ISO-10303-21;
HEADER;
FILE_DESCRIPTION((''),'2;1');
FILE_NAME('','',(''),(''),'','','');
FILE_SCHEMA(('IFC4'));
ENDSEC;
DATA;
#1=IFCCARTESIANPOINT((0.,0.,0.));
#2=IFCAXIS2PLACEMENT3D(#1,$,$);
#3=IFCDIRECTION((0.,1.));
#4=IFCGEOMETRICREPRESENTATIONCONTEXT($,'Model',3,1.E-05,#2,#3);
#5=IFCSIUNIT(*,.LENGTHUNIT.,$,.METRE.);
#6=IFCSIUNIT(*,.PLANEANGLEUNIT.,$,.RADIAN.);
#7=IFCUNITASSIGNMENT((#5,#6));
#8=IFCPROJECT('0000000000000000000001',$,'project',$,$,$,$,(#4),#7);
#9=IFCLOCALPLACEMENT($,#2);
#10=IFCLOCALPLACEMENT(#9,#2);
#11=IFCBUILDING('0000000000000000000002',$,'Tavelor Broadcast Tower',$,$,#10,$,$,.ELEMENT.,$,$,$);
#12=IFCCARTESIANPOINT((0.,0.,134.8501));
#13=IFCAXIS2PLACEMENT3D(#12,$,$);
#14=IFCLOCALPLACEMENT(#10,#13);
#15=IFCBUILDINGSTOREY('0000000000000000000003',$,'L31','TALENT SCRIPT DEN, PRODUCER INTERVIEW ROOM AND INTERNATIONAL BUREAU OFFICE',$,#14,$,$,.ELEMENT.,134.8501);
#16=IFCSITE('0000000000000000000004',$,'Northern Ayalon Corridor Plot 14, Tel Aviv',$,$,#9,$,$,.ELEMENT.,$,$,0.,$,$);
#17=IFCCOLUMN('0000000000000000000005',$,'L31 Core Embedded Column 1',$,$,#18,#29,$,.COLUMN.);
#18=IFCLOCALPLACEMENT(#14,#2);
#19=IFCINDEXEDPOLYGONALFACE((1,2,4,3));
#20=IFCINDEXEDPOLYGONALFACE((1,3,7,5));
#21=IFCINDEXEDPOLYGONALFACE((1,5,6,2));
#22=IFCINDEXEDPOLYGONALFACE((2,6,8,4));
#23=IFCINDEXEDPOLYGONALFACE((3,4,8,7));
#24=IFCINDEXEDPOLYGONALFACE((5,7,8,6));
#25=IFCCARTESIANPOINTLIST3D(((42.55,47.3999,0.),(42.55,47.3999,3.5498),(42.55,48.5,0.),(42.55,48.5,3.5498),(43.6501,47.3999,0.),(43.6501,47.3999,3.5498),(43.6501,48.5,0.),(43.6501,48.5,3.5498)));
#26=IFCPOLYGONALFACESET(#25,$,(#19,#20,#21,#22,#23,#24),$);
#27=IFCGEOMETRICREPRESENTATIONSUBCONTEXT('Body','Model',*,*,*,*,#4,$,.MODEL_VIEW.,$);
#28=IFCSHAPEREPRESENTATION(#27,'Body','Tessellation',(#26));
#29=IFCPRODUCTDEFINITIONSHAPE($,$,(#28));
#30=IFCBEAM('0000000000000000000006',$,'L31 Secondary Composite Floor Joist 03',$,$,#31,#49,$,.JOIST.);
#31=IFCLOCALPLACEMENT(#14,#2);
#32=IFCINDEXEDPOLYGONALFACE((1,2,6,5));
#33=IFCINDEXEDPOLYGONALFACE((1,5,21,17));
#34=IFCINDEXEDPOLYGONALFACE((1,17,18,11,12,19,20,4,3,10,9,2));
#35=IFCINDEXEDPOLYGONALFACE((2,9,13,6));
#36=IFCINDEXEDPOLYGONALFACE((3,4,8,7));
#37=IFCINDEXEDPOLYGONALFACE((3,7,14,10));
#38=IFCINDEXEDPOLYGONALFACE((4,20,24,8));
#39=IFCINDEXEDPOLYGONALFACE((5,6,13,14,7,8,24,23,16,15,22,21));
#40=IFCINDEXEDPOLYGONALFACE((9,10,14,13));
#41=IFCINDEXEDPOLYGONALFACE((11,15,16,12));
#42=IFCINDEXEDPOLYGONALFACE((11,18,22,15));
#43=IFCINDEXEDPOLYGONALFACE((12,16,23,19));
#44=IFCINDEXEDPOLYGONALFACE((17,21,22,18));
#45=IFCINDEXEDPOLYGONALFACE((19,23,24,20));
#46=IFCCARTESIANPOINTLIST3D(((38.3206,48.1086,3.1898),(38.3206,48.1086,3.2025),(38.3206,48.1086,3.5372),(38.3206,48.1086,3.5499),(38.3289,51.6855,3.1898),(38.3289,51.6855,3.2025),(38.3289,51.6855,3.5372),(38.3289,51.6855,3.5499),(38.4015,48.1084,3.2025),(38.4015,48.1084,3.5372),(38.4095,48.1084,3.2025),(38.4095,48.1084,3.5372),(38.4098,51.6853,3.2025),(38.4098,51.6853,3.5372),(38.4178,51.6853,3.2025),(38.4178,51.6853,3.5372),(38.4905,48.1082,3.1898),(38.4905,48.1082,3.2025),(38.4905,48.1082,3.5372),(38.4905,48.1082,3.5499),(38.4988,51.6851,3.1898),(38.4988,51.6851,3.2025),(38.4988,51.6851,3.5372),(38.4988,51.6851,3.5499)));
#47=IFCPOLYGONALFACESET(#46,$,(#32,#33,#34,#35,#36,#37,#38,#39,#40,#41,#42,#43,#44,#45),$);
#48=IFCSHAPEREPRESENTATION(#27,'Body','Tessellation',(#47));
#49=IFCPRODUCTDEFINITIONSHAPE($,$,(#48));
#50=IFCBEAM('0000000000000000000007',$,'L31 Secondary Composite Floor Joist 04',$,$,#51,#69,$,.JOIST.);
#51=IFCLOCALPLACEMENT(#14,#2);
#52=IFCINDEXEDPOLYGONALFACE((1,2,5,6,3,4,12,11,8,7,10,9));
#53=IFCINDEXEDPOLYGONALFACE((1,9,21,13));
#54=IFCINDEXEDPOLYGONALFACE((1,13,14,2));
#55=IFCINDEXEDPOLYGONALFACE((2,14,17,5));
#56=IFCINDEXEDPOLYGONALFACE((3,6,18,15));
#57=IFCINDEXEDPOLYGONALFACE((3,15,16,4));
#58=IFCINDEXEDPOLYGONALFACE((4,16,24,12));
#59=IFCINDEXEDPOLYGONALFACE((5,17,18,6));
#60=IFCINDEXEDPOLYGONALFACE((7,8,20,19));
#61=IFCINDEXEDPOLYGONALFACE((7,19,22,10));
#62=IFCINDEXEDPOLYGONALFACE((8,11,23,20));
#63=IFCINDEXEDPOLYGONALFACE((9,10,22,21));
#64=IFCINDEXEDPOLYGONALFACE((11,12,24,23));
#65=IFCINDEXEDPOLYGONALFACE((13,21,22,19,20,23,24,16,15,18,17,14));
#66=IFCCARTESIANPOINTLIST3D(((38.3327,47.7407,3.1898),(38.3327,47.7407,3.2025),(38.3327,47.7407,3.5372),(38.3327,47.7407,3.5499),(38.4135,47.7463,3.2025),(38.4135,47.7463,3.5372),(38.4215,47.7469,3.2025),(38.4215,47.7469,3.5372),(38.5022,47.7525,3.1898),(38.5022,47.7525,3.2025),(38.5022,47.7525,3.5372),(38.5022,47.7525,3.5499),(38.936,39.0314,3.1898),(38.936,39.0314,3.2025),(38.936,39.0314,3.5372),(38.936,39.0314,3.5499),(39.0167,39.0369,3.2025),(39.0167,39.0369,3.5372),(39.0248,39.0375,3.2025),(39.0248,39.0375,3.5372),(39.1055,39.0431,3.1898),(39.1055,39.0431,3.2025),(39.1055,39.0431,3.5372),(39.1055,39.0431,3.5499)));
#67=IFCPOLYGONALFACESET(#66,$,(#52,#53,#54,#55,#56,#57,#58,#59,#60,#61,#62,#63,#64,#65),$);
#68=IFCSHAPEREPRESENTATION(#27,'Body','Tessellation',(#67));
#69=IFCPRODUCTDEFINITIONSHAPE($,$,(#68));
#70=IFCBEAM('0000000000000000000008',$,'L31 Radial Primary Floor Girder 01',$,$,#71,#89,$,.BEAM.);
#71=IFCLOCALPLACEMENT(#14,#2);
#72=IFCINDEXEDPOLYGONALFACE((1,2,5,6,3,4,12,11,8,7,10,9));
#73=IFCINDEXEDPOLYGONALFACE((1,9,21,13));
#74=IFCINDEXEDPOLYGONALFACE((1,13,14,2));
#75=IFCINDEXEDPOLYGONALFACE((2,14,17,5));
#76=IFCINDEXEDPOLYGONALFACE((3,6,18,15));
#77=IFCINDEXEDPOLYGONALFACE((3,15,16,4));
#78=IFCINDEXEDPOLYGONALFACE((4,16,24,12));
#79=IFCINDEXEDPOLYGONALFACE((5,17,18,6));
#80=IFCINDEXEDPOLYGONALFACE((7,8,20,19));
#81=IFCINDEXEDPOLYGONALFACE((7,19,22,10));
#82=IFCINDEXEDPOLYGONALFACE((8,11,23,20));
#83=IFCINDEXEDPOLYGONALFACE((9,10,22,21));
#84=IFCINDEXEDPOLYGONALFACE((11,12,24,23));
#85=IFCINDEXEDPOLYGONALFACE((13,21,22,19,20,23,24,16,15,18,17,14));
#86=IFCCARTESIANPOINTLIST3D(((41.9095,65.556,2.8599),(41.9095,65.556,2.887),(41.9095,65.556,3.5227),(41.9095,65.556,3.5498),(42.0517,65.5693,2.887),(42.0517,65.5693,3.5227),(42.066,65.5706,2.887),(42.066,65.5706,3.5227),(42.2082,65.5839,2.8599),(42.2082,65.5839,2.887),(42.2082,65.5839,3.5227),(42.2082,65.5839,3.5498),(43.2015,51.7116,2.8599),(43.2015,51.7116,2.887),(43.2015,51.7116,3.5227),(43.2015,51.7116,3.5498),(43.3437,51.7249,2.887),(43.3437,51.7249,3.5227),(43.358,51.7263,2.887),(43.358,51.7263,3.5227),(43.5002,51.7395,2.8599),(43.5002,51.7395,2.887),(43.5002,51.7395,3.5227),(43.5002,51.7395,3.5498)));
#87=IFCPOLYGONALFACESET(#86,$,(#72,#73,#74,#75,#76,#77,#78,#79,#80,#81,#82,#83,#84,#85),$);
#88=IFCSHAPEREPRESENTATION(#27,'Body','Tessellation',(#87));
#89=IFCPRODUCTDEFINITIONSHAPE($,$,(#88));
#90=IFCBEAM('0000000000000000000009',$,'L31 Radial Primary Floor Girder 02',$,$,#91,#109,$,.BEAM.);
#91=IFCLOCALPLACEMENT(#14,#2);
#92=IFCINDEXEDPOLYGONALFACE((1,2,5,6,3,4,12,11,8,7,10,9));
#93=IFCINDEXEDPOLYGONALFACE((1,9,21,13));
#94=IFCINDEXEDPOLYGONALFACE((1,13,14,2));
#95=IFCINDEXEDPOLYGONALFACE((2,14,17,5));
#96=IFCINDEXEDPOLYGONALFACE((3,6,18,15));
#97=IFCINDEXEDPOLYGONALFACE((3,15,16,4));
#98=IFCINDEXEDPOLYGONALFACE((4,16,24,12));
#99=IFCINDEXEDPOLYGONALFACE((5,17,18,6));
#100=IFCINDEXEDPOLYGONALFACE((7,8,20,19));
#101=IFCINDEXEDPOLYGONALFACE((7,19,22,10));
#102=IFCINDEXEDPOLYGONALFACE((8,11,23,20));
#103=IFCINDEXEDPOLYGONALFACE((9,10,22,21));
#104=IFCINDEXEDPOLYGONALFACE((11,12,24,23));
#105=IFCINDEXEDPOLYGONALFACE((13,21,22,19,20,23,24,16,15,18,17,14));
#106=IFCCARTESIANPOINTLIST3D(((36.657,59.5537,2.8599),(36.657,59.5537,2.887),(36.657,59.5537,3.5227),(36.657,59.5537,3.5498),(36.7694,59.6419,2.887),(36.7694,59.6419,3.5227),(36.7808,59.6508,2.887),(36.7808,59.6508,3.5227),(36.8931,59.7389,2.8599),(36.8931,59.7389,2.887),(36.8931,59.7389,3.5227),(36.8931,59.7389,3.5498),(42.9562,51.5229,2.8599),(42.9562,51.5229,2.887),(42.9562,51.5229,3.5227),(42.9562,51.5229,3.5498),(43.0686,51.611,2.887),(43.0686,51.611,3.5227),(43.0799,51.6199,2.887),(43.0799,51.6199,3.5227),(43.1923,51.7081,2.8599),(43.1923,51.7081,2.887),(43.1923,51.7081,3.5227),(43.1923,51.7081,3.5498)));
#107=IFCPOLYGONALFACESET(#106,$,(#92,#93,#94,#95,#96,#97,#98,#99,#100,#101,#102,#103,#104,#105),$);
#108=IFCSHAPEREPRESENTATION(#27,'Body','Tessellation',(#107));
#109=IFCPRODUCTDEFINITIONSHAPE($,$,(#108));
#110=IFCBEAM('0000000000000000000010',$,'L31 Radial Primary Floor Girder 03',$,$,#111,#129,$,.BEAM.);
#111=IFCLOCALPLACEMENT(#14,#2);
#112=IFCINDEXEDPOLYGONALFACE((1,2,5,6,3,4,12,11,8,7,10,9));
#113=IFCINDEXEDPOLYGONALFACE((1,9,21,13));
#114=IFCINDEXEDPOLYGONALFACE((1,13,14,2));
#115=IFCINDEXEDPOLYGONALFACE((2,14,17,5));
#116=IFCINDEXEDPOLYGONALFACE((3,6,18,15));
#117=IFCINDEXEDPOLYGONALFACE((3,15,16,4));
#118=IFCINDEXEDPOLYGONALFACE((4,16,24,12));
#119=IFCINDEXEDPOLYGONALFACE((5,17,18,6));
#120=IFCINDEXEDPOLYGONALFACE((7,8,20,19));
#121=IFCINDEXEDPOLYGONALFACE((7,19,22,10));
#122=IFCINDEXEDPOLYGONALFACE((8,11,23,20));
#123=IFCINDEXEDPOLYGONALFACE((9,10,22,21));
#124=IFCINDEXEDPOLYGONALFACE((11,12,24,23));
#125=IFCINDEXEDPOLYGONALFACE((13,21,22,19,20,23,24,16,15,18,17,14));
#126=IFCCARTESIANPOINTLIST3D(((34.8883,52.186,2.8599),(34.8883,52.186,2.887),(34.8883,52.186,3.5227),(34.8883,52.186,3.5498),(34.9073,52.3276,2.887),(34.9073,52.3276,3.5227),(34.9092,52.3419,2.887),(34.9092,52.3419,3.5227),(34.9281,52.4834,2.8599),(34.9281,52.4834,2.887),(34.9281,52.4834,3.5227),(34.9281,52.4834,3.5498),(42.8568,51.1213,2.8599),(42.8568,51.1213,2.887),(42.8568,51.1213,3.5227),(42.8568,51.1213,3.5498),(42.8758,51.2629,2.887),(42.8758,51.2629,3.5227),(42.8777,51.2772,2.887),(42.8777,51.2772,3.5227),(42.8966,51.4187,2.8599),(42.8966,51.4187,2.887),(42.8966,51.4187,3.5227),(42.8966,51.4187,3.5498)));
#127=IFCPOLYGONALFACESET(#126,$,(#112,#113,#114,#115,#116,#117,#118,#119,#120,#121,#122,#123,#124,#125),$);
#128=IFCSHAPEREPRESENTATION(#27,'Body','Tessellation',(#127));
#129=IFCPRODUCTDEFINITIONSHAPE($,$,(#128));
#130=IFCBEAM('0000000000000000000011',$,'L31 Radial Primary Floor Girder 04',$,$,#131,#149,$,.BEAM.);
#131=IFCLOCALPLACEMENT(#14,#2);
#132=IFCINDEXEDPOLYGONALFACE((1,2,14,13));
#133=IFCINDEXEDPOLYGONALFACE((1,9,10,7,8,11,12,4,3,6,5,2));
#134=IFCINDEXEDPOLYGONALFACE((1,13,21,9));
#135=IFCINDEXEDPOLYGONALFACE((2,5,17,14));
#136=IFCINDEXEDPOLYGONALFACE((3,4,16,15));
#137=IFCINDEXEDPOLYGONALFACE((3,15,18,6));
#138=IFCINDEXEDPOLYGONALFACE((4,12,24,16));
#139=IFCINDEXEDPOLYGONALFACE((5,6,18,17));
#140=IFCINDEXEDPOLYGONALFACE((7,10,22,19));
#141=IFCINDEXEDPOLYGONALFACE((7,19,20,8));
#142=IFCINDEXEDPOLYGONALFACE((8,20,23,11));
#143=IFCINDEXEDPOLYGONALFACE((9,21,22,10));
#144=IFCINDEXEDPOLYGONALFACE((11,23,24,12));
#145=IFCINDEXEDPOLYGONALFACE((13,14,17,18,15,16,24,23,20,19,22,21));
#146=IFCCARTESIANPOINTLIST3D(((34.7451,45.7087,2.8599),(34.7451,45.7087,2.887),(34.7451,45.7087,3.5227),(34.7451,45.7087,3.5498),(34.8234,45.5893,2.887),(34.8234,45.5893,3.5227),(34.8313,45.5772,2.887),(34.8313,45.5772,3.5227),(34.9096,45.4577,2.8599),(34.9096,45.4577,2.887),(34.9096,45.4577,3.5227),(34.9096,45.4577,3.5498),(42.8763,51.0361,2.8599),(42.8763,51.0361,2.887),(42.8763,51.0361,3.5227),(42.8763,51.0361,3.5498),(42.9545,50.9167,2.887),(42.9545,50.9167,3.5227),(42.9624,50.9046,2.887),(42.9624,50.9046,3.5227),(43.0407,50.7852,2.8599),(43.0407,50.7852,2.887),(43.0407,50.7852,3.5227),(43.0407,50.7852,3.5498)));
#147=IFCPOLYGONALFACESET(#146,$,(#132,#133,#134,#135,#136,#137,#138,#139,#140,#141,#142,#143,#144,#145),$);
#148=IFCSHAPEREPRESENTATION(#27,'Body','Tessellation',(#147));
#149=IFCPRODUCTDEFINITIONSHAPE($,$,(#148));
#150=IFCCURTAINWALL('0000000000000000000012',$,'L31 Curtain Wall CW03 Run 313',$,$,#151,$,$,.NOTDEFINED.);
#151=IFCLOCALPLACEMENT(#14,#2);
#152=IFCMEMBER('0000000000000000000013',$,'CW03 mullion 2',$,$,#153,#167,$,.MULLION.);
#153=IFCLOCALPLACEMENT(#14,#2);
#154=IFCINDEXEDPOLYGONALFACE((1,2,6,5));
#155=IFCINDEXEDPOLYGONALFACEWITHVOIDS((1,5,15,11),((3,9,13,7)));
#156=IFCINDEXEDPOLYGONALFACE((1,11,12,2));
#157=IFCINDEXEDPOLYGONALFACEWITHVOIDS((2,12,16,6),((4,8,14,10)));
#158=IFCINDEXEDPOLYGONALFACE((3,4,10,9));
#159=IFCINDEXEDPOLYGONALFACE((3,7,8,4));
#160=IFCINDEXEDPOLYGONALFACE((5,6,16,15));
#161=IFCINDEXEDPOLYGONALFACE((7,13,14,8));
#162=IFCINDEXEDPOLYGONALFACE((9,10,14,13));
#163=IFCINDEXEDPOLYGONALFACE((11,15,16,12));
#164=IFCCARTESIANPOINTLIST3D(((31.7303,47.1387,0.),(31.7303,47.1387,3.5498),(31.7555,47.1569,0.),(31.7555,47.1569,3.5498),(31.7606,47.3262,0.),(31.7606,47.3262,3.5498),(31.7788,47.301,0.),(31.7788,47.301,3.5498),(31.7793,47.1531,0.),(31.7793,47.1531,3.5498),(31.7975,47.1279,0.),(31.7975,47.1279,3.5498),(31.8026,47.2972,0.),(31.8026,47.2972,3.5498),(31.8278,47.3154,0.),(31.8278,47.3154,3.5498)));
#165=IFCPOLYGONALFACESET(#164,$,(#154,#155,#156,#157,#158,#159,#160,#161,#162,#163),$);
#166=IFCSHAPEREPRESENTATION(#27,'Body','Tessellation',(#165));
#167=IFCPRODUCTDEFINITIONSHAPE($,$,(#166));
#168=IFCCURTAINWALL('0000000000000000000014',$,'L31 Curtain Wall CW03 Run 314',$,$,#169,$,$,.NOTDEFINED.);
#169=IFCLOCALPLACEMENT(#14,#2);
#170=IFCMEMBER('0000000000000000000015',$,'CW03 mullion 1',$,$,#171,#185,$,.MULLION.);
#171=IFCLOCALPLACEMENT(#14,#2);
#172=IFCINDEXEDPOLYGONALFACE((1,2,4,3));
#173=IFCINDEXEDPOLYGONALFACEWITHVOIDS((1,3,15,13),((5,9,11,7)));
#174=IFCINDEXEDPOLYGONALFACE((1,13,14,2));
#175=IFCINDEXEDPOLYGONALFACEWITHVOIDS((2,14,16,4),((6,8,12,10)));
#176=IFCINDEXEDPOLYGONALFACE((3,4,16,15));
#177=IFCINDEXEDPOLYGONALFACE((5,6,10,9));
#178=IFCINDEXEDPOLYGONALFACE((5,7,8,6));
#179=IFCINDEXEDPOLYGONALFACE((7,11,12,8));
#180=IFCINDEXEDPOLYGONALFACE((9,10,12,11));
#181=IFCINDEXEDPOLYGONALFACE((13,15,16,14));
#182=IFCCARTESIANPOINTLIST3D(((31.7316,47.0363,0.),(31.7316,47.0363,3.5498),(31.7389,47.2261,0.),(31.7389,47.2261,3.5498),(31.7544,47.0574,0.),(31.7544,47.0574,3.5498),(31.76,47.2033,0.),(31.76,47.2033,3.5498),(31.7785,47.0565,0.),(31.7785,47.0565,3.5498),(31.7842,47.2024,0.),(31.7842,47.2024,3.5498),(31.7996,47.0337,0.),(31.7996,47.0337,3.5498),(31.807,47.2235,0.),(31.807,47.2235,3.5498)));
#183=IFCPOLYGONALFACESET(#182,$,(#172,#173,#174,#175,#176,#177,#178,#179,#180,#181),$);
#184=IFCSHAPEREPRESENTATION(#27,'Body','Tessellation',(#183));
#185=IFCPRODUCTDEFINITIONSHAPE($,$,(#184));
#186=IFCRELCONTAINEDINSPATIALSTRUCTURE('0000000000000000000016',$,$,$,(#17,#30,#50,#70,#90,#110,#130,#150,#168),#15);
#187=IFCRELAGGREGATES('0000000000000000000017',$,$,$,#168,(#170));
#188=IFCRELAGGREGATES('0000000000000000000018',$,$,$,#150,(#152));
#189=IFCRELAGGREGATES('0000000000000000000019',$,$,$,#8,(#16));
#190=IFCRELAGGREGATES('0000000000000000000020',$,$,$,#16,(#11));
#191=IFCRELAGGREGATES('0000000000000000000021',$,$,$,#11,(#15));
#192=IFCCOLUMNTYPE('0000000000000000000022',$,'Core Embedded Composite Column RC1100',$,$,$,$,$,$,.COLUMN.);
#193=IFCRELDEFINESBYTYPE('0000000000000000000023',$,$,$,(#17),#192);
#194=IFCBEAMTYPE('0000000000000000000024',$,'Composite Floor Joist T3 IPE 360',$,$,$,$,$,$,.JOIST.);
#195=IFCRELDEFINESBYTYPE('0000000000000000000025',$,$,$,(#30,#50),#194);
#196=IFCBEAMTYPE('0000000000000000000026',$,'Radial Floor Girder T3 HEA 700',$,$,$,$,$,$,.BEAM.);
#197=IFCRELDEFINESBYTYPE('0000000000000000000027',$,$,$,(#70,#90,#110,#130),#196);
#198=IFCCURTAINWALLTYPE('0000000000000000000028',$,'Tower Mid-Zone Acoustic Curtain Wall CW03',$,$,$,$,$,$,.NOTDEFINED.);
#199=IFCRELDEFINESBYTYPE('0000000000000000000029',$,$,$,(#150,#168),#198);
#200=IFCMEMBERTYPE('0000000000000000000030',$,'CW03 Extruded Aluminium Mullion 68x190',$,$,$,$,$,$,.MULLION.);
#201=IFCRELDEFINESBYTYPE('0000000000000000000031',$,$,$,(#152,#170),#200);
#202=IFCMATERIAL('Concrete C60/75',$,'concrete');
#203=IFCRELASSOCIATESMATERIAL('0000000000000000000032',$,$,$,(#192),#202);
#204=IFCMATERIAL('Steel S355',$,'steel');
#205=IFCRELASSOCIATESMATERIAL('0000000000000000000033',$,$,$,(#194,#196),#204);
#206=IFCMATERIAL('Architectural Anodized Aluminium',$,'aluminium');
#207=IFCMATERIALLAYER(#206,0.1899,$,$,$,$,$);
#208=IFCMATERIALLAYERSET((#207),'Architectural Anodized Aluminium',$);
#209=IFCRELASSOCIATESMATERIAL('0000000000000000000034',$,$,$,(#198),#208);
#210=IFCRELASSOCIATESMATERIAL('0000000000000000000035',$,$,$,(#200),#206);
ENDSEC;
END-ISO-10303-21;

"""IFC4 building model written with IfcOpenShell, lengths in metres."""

from ifc_helpers import new_model, si_unit, direction, frame, origin, origin_2d, place, context, subcontext, project, spatial, rectangle, hollow_rectangle, i_section, extrude, source, transform, mapped, material, layer, layer_set, material_profile, profile_set, type_object, type_shapes, element, aggregate, save


model = new_model("IFC4")

# Units and contexts
model_context = context("Model", 3, precision=1e-05, world=origin(), true_north=direction((0.0, 1.0)))
body_context = subcontext(model_context, "Body", "Model", "MODEL_VIEW")
ifc_project = project(units=[si_unit("LENGTHUNIT", "METRE"), si_unit("PLANEANGLEUNIT", "RADIAN")], contexts=[model_context])

# Site, building, storey
site_placement = place(None, origin())
site = spatial("IfcSite", under=ifc_project, at=site_placement, Name="Northern Ayalon Corridor Plot 14, Tel Aviv", CompositionType="ELEMENT", RefElevation=0.0)
building_placement = place(site_placement, origin())
building = spatial("IfcBuilding", under=site, at=building_placement, Name="Tavelor Broadcast Tower", CompositionType="ELEMENT")
storey_placement = place(building_placement, frame((0.0, 0.0, 134.8501)))
storey = spatial("IfcBuildingStorey", under=building, at=storey_placement, Name="L31", Description="TALENT SCRIPT DEN, PRODUCER INTERVIEW ROOM AND INTERNATIONAL BUREAU OFFICE", CompositionType="ELEMENT", Elevation=134.8501)

# Column
ifc_material_1 = material(Name="Concrete C60/75", Category="concrete")
ifc_material_profile_1 = material_profile(ifc_material_1, rectangle(XDim=1.1001, YDim=1.1001, at=origin_2d()), Name="RC 1100x1100")
ifc_profile_set_1 = profile_set([ifc_material_profile_1], Name="Concrete C60/75")
column_type = type_object("IfcColumnType", Name="Core Embedded Composite Column RC1100", PredefinedType="COLUMN", material=ifc_profile_set_1)
column_placement = place(storey_placement, frame((43.1001, 47.95, 0.0), z_axis=(0.0, 0.0, 1.0), x_axis=(1.0, 0.0, 0.0)))
element("IfcColumn", 1, at=column_placement, inside=storey, type_object=column_type, Name="L31 Core Embedded Column 1", PredefinedType="COLUMN", context=body_context, shape_type="SweptSolid", body=[
    extrude(rectangle(XDim=1.1001, YDim=1.1001, at=origin_2d()), origin(), (0.0, 0.0, 1.0), 3.5498),
])

# Beams
ifc_material_2 = material(Name="Steel S355", Category="steel")
ifc_material_profile_2 = material_profile(ifc_material_2, i_section(OverallWidth=0.1699, OverallDepth=0.3601, WebThickness=0.0081, FlangeThickness=0.0127, at=origin_2d()), Name="IPE 360")
ifc_profile_set_2 = profile_set([ifc_material_profile_2], Name="Steel S355")
beam_type_1 = type_object("IfcBeamType", Name="Composite Floor Joist T3 IPE 360", PredefinedType="JOIST", material=ifc_profile_set_2)
beam_1_placement = place(storey_placement, frame((38.4138, 51.6853, 3.3699), z_axis=(-0.002321, -0.999997, 0.0), x_axis=(0.999997, -0.002321, 0.0)))
element("IfcBeam", 2, at=beam_1_placement, inside=storey, type_object=beam_type_1, Name="L31 Secondary Composite Floor Joist 03", PredefinedType="JOIST", context=body_context, shape_type="SweptSolid", body=[
    extrude(i_section(OverallWidth=0.1699, OverallDepth=0.3601, WebThickness=0.0081, FlangeThickness=0.0127, at=origin_2d()), origin(), (0.0, 0.0, 1.0), 3.5769),
])
beam_2_placement = place(storey_placement, frame((38.4175, 47.7466, 3.3699), z_axis=(0.069101, -0.99761, 0.0), x_axis=(0.99761, 0.069101, 0.0)))
element("IfcBeam", 3, at=beam_2_placement, inside=storey, type_object=beam_type_1, Name="L31 Secondary Composite Floor Joist 04", PredefinedType="JOIST", context=body_context, shape_type="SweptSolid", body=[
    extrude(i_section(OverallWidth=0.1699, OverallDepth=0.3601, WebThickness=0.0081, FlangeThickness=0.0127, at=origin_2d()), origin(), (0.0, 0.0, 1.0), 8.7302),
])
ifc_material_profile_3 = material_profile(ifc_material_2, i_section(OverallWidth=0.3, OverallDepth=0.6899, WebThickness=0.0144, FlangeThickness=0.0271, at=origin_2d()), Name="HEA 700")
ifc_profile_set_3 = profile_set([ifc_material_profile_3], Name="Steel S355")
beam_type_2 = type_object("IfcBeamType", Name="Radial Floor Girder T3 HEA 700", PredefinedType="BEAM", material=ifc_profile_set_3)
beam_3_placement = place(storey_placement, frame((43.3508, 51.7256, 3.2048), z_axis=(-0.092918, 0.995674, 0.0), x_axis=(-0.995674, -0.092918, 0.0)))
element("IfcBeam", 4, at=beam_3_placement, inside=storey, type_object=beam_type_2, Name="L31 Radial Primary Floor Girder 01", PredefinedType="BEAM", context=body_context, shape_type="SweptSolid", body=[
    extrude(i_section(OverallWidth=0.3, OverallDepth=0.6899, WebThickness=0.0144, FlangeThickness=0.0271, at=origin_2d()), origin(), (0.0, 0.0, 1.0), 13.9045),
])
beam_4_placement = place(storey_placement, frame((43.0742, 51.6155, 3.2048), z_axis=(-0.617166, 0.786833, 0.0), x_axis=(-0.786833, -0.617166, 0.0)))
element("IfcBeam", 5, at=beam_4_placement, inside=storey, type_object=beam_type_2, Name="L31 Radial Primary Floor Girder 02", PredefinedType="BEAM", context=body_context, shape_type="SweptSolid", body=[
    extrude(i_section(OverallWidth=0.3, OverallDepth=0.6899, WebThickness=0.0144, FlangeThickness=0.0271, at=origin_2d()), origin(), (0.0, 0.0, 1.0), 10.2065),
])
beam_5_placement = place(storey_placement, frame((42.8767, 51.27, 3.2048), z_axis=(-0.991192, 0.132436, 0.0), x_axis=(-0.132436, -0.991192, 0.0)))
element("IfcBeam", 6, at=beam_5_placement, inside=storey, type_object=beam_type_2, Name="L31 Radial Primary Floor Girder 03", PredefinedType="BEAM", context=body_context, shape_type="SweptSolid", body=[
    extrude(i_section(OverallWidth=0.3, OverallDepth=0.6899, WebThickness=0.0144, FlangeThickness=0.0271, at=origin_2d()), origin(), (0.0, 0.0, 1.0), 8.0393),
])
beam_6_placement = place(storey_placement, frame((42.9585, 50.9106, 3.2048), z_axis=(-0.836456, -0.548035, 0.0), x_axis=(0.548035, -0.836456, 0.0)))
element("IfcBeam", 7, at=beam_6_placement, inside=storey, type_object=beam_type_2, Name="L31 Radial Primary Floor Girder 04", PredefinedType="BEAM", context=body_context, shape_type="SweptSolid", body=[
    extrude(i_section(OverallWidth=0.3, OverallDepth=0.6899, WebThickness=0.0144, FlangeThickness=0.0271, at=origin_2d()), origin(), (0.0, 0.0, 1.0), 9.7209),
])

# Curtain wall, member
ifc_material_3 = material(Name="Architectural Anodized Aluminium", Category="aluminium")
ifc_layer_1 = layer(ifc_material_3, 0.1899)
ifc_layer_set_1 = layer_set([ifc_layer_1], Name="Architectural Anodized Aluminium")
curtain_wall_type = type_object("IfcCurtainWallType", Name="Tower Mid-Zone Acoustic Curtain Wall CW03", PredefinedType="NOTDEFINED", material=ifc_layer_set_1)
curtain_wall_1_placement = place(storey_placement, origin())
curtain_wall_1 = element("IfcCurtainWall", 8, at=curtain_wall_1_placement, inside=storey, type_object=curtain_wall_type, Name="L31 Curtain Wall CW03 Run 313", PredefinedType="NOTDEFINED")
ifc_material_profile_4 = material_profile(ifc_material_3, hollow_rectangle(XDim=0.0681, YDim=0.1899, WallThickness=0.022, at=origin_2d()), Name="RHS 68x190x22")
ifc_profile_set_4 = profile_set([ifc_material_profile_4], Name="Architectural Anodized Aluminium")
member_type_1 = type_object("IfcMemberType", Name="CW03 Extruded Aluminium Mullion 68x190", PredefinedType="MULLION", material=ifc_profile_set_4)
shared_shape_1 = source(origin(), body_context, "Body", "SweptSolid", [
    extrude(hollow_rectangle(XDim=0.0681, YDim=0.1899, WallThickness=0.022, at=origin_2d()), origin(), (0.0, 0.0, 1.0), 3.5498),
])
type_shapes(member_type_1, [shared_shape_1])
member_1_placement = place(storey_placement, frame((31.7791, 47.2271, 0.0), z_axis=(0.0, 0.0, 1.0), x_axis=(0.987205, -0.159459, 0.0)))
member_1 = element("IfcMember", 9, at=member_1_placement, type_object=member_type_1, Name="CW03 mullion 2", PredefinedType="MULLION", context=body_context, shape_type="MappedRepresentation", body=[
    mapped(shared_shape_1, transform((0.0, 0.0, 0.0), scale=1.0)),
])

# Curtain wall, member
curtain_wall_2_placement = place(storey_placement, origin())
curtain_wall_2 = element("IfcCurtainWall", 10, at=curtain_wall_2_placement, inside=storey, type_object=curtain_wall_type, Name="L31 Curtain Wall CW03 Run 314", PredefinedType="NOTDEFINED")
member_2_placement = place(storey_placement, frame((31.7693, 47.1299, 0.0), z_axis=(0.0, 0.0, 1.0), x_axis=(0.999246, -0.038817, 0.0)))
member_2 = element("IfcMember", 11, at=member_2_placement, type_object=member_type_1, Name="CW03 mullion 1", PredefinedType="MULLION", context=body_context, shape_type="MappedRepresentation", body=[
    mapped(shared_shape_1, transform((0.0, 0.0, 0.0), scale=1.0)),
])
aggregate(curtain_wall_2, [member_2])

aggregate(curtain_wall_1, [member_1])

save(model, "model.ifc")
